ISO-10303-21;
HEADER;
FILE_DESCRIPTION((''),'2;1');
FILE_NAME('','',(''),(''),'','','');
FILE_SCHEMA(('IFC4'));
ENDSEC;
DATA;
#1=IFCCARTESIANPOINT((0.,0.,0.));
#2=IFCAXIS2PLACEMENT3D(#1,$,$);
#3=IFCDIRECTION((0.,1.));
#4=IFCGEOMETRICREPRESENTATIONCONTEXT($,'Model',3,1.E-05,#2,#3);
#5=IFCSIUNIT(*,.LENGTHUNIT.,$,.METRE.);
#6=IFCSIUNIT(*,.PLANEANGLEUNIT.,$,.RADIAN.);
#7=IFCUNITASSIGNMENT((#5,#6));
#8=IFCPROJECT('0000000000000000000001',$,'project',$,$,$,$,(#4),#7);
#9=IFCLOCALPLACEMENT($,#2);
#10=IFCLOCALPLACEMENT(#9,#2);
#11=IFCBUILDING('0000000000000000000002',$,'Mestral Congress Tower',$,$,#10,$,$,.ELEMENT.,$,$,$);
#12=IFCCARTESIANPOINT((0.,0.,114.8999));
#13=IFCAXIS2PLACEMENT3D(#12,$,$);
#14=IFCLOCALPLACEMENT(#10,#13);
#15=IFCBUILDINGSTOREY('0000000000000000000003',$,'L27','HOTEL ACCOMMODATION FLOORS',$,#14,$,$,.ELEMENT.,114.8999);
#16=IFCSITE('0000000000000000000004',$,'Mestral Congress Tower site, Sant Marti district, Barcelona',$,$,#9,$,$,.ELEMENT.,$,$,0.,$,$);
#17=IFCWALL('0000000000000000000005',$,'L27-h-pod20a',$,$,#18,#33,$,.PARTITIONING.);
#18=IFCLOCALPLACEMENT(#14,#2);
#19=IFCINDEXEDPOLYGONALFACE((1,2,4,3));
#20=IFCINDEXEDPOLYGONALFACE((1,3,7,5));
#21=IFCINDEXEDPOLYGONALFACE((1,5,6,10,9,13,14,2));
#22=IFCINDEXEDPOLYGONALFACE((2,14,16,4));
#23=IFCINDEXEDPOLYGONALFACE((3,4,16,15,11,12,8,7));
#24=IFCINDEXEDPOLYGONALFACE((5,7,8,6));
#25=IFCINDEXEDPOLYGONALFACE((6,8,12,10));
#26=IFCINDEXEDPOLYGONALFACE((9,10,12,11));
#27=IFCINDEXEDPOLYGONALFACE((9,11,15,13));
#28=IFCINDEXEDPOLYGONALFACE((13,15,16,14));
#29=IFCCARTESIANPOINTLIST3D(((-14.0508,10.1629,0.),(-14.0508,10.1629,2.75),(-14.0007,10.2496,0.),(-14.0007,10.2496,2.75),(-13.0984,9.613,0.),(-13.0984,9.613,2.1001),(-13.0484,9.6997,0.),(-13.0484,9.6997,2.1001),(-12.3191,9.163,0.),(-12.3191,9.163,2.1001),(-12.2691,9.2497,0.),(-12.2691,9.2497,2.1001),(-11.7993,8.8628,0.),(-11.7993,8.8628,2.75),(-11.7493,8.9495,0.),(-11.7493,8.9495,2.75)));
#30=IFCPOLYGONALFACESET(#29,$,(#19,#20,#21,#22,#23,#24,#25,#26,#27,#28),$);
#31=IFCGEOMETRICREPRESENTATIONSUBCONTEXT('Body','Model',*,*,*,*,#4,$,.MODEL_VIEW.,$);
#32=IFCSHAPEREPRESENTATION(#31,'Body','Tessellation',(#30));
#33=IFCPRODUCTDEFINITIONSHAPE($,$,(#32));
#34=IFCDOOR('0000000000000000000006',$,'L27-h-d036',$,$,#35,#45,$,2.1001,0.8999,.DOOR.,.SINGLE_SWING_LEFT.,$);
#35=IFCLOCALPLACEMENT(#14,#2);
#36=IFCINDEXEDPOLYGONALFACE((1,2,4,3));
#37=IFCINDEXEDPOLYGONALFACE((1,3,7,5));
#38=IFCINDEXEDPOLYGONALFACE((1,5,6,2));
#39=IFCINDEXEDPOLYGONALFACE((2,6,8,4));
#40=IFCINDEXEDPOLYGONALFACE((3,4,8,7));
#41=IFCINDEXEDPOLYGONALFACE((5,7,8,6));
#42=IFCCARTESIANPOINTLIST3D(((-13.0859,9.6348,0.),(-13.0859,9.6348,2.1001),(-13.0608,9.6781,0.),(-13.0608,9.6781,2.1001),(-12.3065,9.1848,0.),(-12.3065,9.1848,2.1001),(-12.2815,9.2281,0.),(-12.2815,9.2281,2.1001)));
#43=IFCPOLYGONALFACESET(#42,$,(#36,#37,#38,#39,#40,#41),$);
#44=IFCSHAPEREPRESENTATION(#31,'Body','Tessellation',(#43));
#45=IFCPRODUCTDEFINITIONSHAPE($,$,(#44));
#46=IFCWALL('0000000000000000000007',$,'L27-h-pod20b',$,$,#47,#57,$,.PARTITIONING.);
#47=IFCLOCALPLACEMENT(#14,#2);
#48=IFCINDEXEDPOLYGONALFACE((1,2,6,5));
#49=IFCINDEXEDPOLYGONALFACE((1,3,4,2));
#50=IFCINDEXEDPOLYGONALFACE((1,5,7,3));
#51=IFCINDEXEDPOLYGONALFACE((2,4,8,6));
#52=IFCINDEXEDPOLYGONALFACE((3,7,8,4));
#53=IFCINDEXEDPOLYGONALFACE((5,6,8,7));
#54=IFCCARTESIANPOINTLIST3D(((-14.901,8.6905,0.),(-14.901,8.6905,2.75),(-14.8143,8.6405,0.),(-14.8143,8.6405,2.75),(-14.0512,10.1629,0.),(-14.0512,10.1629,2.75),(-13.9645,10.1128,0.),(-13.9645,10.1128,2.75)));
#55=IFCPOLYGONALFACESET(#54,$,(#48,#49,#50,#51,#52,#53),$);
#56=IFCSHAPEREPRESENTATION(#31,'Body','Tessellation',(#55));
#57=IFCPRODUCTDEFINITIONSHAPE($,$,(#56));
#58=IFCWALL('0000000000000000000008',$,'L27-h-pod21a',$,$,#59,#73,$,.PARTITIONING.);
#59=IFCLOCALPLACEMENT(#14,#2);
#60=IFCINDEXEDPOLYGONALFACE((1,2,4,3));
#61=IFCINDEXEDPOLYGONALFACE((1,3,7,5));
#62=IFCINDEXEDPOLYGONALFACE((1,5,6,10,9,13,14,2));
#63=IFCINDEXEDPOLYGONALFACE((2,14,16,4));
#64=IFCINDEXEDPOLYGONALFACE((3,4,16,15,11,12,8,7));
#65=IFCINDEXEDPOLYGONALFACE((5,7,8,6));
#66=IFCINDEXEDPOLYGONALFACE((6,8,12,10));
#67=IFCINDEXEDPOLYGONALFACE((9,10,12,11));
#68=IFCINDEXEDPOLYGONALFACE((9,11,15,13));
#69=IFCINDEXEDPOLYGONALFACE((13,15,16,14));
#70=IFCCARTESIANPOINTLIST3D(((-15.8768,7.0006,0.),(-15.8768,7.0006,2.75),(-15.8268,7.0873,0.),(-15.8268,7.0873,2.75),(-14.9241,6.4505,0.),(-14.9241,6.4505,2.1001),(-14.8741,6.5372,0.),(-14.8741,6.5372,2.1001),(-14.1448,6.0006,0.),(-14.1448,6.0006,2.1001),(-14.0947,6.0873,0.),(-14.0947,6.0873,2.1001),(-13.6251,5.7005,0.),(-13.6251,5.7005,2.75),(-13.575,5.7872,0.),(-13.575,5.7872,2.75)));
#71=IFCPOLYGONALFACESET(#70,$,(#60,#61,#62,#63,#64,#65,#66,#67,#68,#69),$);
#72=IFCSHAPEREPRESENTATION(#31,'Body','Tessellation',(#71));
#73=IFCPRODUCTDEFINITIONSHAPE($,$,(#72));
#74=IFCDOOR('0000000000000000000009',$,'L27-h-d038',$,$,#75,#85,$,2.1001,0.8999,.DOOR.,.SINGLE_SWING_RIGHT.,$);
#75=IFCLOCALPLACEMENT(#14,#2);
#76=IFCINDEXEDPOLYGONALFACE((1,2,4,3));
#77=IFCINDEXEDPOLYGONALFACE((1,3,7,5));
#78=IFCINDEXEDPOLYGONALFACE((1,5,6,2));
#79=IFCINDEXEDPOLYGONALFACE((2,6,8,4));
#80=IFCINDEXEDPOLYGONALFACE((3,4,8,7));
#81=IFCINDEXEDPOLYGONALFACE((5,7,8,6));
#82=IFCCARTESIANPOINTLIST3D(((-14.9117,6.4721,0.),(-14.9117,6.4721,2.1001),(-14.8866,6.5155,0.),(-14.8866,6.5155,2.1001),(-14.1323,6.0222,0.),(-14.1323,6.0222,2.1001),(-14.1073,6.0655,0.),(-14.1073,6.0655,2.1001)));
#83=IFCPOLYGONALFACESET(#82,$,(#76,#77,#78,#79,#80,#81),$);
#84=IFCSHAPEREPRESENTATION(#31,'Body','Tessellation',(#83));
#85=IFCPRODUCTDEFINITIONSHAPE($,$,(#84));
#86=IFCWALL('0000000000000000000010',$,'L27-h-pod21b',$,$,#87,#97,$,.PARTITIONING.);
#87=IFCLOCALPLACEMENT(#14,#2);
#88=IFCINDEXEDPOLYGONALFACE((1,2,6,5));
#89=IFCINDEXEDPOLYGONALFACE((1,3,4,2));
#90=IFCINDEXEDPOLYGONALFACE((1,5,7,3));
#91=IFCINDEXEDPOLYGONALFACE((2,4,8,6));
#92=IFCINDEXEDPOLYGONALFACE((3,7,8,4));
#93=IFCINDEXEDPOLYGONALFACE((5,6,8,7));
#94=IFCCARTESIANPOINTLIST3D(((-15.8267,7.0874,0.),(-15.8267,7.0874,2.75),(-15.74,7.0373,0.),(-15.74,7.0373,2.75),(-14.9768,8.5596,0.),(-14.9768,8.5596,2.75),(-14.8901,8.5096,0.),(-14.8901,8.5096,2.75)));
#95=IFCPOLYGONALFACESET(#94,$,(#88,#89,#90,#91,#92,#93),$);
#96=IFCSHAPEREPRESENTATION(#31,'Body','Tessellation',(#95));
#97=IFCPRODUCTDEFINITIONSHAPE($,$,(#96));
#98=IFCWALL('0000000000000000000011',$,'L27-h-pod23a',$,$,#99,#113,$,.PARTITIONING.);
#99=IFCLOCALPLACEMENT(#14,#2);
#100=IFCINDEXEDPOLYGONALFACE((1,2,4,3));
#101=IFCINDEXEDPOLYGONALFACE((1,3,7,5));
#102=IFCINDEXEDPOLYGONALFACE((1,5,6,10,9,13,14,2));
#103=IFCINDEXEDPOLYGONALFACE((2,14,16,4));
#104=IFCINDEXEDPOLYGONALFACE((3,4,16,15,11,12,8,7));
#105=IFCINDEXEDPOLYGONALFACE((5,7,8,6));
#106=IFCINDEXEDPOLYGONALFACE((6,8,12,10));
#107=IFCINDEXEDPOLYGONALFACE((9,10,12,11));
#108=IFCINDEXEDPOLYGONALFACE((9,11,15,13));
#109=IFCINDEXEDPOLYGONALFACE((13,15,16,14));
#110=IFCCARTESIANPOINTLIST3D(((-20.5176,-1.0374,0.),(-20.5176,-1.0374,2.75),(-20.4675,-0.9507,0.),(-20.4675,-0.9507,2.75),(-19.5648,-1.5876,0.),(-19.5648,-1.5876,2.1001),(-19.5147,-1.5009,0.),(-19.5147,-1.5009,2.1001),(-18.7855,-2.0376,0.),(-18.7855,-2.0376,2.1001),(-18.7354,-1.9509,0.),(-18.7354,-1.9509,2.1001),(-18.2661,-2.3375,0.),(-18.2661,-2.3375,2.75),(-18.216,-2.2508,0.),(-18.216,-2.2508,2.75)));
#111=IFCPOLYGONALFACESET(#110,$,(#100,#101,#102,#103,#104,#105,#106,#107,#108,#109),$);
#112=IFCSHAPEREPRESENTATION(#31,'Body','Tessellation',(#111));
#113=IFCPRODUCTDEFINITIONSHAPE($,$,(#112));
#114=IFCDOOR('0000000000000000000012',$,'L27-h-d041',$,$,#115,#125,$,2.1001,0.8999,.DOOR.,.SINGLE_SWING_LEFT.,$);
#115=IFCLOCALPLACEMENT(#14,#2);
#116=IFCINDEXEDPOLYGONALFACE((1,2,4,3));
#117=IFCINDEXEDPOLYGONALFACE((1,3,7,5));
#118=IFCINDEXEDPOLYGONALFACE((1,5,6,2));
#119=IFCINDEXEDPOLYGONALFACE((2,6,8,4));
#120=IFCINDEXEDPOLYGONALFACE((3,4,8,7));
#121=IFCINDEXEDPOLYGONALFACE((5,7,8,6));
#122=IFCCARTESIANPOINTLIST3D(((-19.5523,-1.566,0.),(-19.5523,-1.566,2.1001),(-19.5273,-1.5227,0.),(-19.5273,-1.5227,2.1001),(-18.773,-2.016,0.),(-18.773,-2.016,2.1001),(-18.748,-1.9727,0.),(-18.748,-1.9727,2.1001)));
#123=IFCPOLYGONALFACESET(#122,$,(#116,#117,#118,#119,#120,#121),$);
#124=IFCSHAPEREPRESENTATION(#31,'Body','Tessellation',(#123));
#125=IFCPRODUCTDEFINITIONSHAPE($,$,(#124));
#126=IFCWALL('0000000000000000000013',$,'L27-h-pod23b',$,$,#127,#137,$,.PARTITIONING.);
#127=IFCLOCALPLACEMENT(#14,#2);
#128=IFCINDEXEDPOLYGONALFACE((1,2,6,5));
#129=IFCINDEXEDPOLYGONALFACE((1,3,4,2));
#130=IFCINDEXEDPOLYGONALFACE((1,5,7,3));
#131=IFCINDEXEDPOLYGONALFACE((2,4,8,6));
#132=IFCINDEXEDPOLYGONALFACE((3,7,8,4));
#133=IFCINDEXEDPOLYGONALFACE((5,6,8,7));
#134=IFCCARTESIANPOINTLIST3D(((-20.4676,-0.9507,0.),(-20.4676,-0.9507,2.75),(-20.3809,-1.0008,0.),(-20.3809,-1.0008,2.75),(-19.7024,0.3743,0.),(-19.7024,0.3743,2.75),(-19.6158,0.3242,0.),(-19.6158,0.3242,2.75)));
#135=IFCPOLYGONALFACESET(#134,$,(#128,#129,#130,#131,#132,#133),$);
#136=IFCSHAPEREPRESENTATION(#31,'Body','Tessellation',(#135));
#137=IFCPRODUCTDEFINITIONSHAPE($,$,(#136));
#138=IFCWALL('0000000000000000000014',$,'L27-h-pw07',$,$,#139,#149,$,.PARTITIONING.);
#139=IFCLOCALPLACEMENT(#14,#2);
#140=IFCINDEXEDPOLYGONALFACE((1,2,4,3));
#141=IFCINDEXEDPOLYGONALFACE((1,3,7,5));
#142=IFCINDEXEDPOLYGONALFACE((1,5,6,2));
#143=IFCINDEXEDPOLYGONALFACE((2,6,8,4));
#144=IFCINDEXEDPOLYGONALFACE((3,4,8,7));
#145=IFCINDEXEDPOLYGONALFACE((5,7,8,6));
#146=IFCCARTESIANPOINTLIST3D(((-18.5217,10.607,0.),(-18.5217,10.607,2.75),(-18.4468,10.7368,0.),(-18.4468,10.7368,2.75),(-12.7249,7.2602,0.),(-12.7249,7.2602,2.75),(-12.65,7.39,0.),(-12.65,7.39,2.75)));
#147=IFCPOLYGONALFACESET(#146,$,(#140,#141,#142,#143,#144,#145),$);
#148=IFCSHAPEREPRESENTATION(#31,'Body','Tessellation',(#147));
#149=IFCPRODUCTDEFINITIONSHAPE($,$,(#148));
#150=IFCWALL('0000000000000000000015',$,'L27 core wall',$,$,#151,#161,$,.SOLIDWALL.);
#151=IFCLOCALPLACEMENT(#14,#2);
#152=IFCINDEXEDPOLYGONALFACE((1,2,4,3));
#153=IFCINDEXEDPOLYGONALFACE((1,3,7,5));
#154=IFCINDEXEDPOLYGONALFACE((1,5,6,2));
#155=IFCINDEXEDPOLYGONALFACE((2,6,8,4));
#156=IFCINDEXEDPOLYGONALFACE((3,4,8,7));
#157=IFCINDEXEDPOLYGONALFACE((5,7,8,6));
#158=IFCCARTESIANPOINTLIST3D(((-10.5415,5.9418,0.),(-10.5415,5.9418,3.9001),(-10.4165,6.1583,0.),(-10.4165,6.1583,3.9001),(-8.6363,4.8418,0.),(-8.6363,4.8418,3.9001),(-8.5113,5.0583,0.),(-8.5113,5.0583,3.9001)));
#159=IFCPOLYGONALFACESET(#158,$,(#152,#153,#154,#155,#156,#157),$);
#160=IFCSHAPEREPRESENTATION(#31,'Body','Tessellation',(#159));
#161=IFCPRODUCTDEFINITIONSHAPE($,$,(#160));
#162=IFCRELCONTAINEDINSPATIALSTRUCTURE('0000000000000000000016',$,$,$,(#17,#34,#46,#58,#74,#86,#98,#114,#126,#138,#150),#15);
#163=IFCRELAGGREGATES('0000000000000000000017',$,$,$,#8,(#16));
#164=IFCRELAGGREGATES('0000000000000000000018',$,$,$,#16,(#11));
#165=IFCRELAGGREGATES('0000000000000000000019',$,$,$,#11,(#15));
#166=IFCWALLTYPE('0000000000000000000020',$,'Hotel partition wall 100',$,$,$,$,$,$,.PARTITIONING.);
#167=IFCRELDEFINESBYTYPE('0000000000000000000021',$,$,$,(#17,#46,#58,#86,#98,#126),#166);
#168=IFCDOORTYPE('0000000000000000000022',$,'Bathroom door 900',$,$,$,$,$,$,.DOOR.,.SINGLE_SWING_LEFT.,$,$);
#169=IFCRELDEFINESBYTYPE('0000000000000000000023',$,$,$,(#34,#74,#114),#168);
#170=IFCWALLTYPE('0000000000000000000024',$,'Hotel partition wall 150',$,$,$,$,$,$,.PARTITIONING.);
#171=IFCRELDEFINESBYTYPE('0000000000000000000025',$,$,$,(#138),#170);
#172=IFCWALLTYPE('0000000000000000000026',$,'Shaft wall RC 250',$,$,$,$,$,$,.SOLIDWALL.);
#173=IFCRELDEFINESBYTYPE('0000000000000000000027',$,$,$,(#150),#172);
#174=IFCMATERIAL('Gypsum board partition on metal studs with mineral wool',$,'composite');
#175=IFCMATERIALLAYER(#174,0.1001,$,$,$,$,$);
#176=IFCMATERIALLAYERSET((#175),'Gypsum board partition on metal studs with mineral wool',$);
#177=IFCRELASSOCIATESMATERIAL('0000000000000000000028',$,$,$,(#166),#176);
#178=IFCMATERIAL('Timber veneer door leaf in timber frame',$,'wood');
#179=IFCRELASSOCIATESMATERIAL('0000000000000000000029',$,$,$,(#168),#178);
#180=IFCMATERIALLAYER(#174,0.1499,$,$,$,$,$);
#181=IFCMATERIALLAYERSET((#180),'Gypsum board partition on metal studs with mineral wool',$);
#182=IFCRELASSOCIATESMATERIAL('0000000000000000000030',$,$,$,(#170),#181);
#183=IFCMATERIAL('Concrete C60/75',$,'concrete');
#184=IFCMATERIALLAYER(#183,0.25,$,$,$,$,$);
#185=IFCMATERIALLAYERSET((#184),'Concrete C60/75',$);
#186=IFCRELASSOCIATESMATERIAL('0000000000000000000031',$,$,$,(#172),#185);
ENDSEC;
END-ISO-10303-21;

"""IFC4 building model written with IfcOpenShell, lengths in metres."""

from ifc_helpers import new_model, si_unit, direction, frame, frame_2d, origin, place, context, subcontext, project, spatial, rectangle, extrude, material, layer, layer_set, type_object, element, fill, save


model = new_model("IFC4")

# Units and contexts
model_context = context("Model", 3, precision=1e-05, world=origin(), true_north=direction((0.0, 1.0)))
body_context = subcontext(model_context, "Body", "Model", "MODEL_VIEW")
ifc_project = project(units=[si_unit("LENGTHUNIT", "METRE"), si_unit("PLANEANGLEUNIT", "RADIAN")], contexts=[model_context])

# Site, building, storey
site_placement = place(None, origin())
site = spatial("IfcSite", under=ifc_project, at=site_placement, Name="Mestral Congress Tower site, Sant Marti district, Barcelona", CompositionType="ELEMENT", RefElevation=0.0)
building_placement = place(site_placement, origin())
building = spatial("IfcBuilding", under=site, at=building_placement, Name="Mestral Congress Tower", CompositionType="ELEMENT")
storey_placement = place(building_placement, frame((0.0, 0.0, 114.8999)))
storey = spatial("IfcBuildingStorey", under=building, at=storey_placement, Name="L27", Description="HOTEL ACCOMMODATION FLOORS", CompositionType="ELEMENT", Elevation=114.8999)

# Shared definitions
ifc_material_1 = material(Name="Concrete C60/75", Category="concrete")

# Wall, opening, door
ifc_material_2 = material(Name="Gypsum board partition on metal studs with mineral wool", Category="composite")
ifc_layer_1 = layer(ifc_material_2, 0.1001)
ifc_layer_set_1 = layer_set([ifc_layer_1], Name="Gypsum board partition on metal studs with mineral wool")
wall_type_1 = type_object("IfcWallType", Name="Hotel partition wall 100", PredefinedType="PARTITIONING", material=ifc_layer_set_1)
wall_1_placement = place(storey_placement, frame((-11.7744, 8.9062, 0.0), z_axis=(0.0, 0.0, 1.0), x_axis=(-0.865998, 0.500048, 0.0)))
wall_1 = element("IfcWall", 1, at=wall_1_placement, inside=storey, type_object=wall_type_1, Name="L27-h-pod20a", PredefinedType="PARTITIONING", context=body_context, shape_type="SweptSolid", body=[
    extrude(rectangle(XDim=2.5999, YDim=0.1001, at=frame_2d((1.2998, 0.0))), origin(), (0.0, 0.0, 1.0), 2.75),
])
opening_1_placement = place(wall_1_placement, frame((0.6001, 0.0, 0.0)))
opening_1 = element("IfcOpeningElement", 2, at=opening_1_placement, cuts=wall_1, PredefinedType="OPENING", context=body_context, shape_type="SweptSolid", body=[
    extrude(rectangle(XDim=0.8999, YDim=2.1001, at=frame_2d((0.45, 1.05))), frame((0.0, 0.0601, 0.0), z_axis=(0.0, -1.0, 0.0), x_axis=(1.0, 0.0, 0.0)), (0.0, 0.0, 1.0), 0.1201),
])
ifc_material_3 = material(Name="Timber veneer door leaf in timber frame", Category="wood")
door_type = type_object("IfcDoorType", Name="Bathroom door 900", OperationType="SINGLE_SWING_LEFT", PredefinedType="DOOR", material=ifc_material_3)
door_1_placement = place(opening_1_placement, origin())
door_1 = element("IfcDoor", 3, at=door_1_placement, inside=storey, type_object=door_type, Name="L27-h-d036", OperationType="SINGLE_SWING_LEFT", OverallHeight=2.1001, OverallWidth=0.8999, PredefinedType="DOOR", context=body_context, shape_type="SweptSolid", body=[
    extrude(rectangle(XDim=0.8999, YDim=2.1001, at=frame_2d((0.45, 1.05))), frame((0.0, 0.0249, 0.0), z_axis=(0.0, -1.0, 0.0), x_axis=(1.0, 0.0, 0.0)), (0.0, 0.0, 1.0), 0.05),
])
fill(opening_1, door_1)

# Wall
wall_2_placement = place(storey_placement, frame((-14.0078, 10.1379, 0.0), z_axis=(0.0, 0.0, 1.0), x_axis=(-0.499892, -0.866088, 0.0)))
element("IfcWall", 4, at=wall_2_placement, inside=storey, type_object=wall_type_1, Name="L27-h-pod20b", PredefinedType="PARTITIONING", context=body_context, shape_type="SweptSolid", body=[
    extrude(rectangle(XDim=1.7, YDim=0.1001, at=frame_2d((0.8501, 0.0))), origin(), (0.0, 0.0, 1.0), 2.75),
])

# Wall, opening, door
wall_3_placement = place(storey_placement, frame((-15.8518, 7.0439, 0.0), z_axis=(0.0, 0.0, 1.0), x_axis=(0.866021, -0.500007, 0.0)))
wall_3 = element("IfcWall", 5, at=wall_3_placement, inside=storey, type_object=wall_type_1, Name="L27-h-pod21a", PredefinedType="PARTITIONING", context=body_context, shape_type="SweptSolid", body=[
    extrude(rectangle(XDim=2.6001, YDim=0.1001, at=frame_2d((1.3, 0.0))), origin(), (0.0, 0.0, 1.0), 2.75),
])
opening_2_placement = place(wall_3_placement, frame((1.1001, 0.0, 0.0)))
opening_2 = element("IfcOpeningElement", 6, at=opening_2_placement, cuts=wall_3, PredefinedType="OPENING", context=body_context, shape_type="SweptSolid", body=[
    extrude(rectangle(XDim=0.8999, YDim=2.1001, at=frame_2d((0.45, 1.05))), frame((0.0, 0.0601, 0.0), z_axis=(0.0, -1.0, 0.0), x_axis=(1.0, 0.0, 0.0)), (0.0, 0.0, 1.0), 0.1201),
])
door_2_placement = place(opening_2_placement, origin())
door_2 = element("IfcDoor", 7, at=door_2_placement, inside=storey, type_object=door_type, Name="L27-h-d038", OperationType="SINGLE_SWING_RIGHT", OverallHeight=2.1001, OverallWidth=0.8999, PredefinedType="DOOR", context=body_context, shape_type="SweptSolid", body=[
    extrude(rectangle(XDim=0.8999, YDim=2.1001, at=frame_2d((0.45, 1.05))), frame((0.0, 0.0249, 0.0), z_axis=(0.0, -1.0, 0.0), x_axis=(1.0, 0.0, 0.0)), (0.0, 0.0, 1.0), 0.05),
])
fill(opening_2, door_2)

# Wall
wall_4_placement = place(storey_placement, frame((-15.7834, 7.0623, 0.0), z_axis=(0.0, 0.0, 1.0), x_axis=(0.499955, 0.866052, 0.0)))
element("IfcWall", 8, at=wall_4_placement, inside=storey, type_object=wall_type_1, Name="L27-h-pod21b", PredefinedType="PARTITIONING", context=body_context, shape_type="SweptSolid", body=[
    extrude(rectangle(XDim=1.7, YDim=0.1001, at=frame_2d((0.8501, 0.0))), origin(), (0.0, 0.0, 1.0), 2.75),
])

# Wall, opening, door
wall_5_placement = place(storey_placement, frame((-20.4924, -0.9941, 0.0), z_axis=(0.0, 0.0, 1.0), x_axis=(0.865998, -0.500048, 0.0)))
wall_5 = element("IfcWall", 9, at=wall_5_placement, inside=storey, type_object=wall_type_1, Name="L27-h-pod23a", PredefinedType="PARTITIONING", context=body_context, shape_type="SweptSolid", body=[
    extrude(rectangle(XDim=2.5999, YDim=0.1001, at=frame_2d((1.2998, 0.0))), origin(), (0.0, 0.0, 1.0), 2.75),
])
opening_3_placement = place(wall_5_placement, frame((1.1001, 0.0, 0.0)))
opening_3 = element("IfcOpeningElement", 10, at=opening_3_placement, cuts=wall_5, PredefinedType="OPENING", context=body_context, shape_type="SweptSolid", body=[
    extrude(rectangle(XDim=0.8999, YDim=2.1001, at=frame_2d((0.45, 1.05))), frame((0.0, 0.0601, 0.0), z_axis=(0.0, -1.0, 0.0), x_axis=(1.0, 0.0, 0.0)), (0.0, 0.0, 1.0), 0.1201),
])
door_3_placement = place(opening_3_placement, origin())
door_3 = element("IfcDoor", 11, at=door_3_placement, inside=storey, type_object=door_type, Name="L27-h-d041", OperationType="SINGLE_SWING_LEFT", OverallHeight=2.1001, OverallWidth=0.8999, PredefinedType="DOOR", context=body_context, shape_type="SweptSolid", body=[
    extrude(rectangle(XDim=0.8999, YDim=2.1001, at=frame_2d((0.45, 1.05))), frame((0.0, 0.0249, 0.0), z_axis=(0.0, -1.0, 0.0), x_axis=(1.0, 0.0, 0.0)), (0.0, 0.0, 1.0), 0.05),
])
fill(opening_3, door_3)

# Walls
wall_6_placement = place(storey_placement, frame((-20.4243, -0.9758, 0.0), z_axis=(0.0, 0.0, 1.0), x_axis=(0.500086, 0.865976, 0.0)))
element("IfcWall", 12, at=wall_6_placement, inside=storey, type_object=wall_type_1, Name="L27-h-pod23b", PredefinedType="PARTITIONING", context=body_context, shape_type="SweptSolid", body=[
    extrude(rectangle(XDim=1.53, YDim=0.1001, at=frame_2d((0.7651, 0.0))), origin(), (0.0, 0.0, 1.0), 2.75),
])
ifc_layer_2 = layer(ifc_material_2, 0.1499)
ifc_layer_set_2 = layer_set([ifc_layer_2], Name="Gypsum board partition on metal studs with mineral wool")
wall_type_2 = type_object("IfcWallType", Name="Hotel partition wall 150", PredefinedType="PARTITIONING", material=ifc_layer_set_2)
wall_7_placement = place(storey_placement, frame((-18.4841, 10.6719, 0.0), z_axis=(0.0, 0.0, 1.0), x_axis=(0.866019, -0.500011, 0.0)))
element("IfcWall", 13, at=wall_7_placement, inside=storey, type_object=wall_type_2, Name="L27-h-pw07", PredefinedType="PARTITIONING", context=body_context, shape_type="SweptSolid", body=[
    extrude(rectangle(XDim=6.6936, YDim=0.1499, at=frame_2d((3.3467, 0.0))), origin(), (0.0, 0.0, 1.0), 2.75),
])
ifc_layer_3 = layer(ifc_material_1, 0.25)
ifc_layer_set_3 = layer_set([ifc_layer_3], Name="Concrete C60/75")
wall_type_3 = type_object("IfcWallType", Name="Shaft wall RC 250", PredefinedType="SOLIDWALL", material=ifc_layer_set_3)
wall_8_placement = place(storey_placement, frame((-8.5737, 4.95, 0.0), z_axis=(0.0, 0.0, 1.0), x_axis=(-0.866008, 0.50003, 0.0)))
element("IfcWall", 14, at=wall_8_placement, inside=storey, type_object=wall_type_3, Name="L27 core wall", PredefinedType="SOLIDWALL", context=body_context, shape_type="SweptSolid", body=[
    extrude(rectangle(XDim=2.2, YDim=0.25, at=frame_2d((1.1001, 0.0))), origin(), (0.0, 0.0, 1.0), 3.9001),
])

save(model, "model.ifc")
